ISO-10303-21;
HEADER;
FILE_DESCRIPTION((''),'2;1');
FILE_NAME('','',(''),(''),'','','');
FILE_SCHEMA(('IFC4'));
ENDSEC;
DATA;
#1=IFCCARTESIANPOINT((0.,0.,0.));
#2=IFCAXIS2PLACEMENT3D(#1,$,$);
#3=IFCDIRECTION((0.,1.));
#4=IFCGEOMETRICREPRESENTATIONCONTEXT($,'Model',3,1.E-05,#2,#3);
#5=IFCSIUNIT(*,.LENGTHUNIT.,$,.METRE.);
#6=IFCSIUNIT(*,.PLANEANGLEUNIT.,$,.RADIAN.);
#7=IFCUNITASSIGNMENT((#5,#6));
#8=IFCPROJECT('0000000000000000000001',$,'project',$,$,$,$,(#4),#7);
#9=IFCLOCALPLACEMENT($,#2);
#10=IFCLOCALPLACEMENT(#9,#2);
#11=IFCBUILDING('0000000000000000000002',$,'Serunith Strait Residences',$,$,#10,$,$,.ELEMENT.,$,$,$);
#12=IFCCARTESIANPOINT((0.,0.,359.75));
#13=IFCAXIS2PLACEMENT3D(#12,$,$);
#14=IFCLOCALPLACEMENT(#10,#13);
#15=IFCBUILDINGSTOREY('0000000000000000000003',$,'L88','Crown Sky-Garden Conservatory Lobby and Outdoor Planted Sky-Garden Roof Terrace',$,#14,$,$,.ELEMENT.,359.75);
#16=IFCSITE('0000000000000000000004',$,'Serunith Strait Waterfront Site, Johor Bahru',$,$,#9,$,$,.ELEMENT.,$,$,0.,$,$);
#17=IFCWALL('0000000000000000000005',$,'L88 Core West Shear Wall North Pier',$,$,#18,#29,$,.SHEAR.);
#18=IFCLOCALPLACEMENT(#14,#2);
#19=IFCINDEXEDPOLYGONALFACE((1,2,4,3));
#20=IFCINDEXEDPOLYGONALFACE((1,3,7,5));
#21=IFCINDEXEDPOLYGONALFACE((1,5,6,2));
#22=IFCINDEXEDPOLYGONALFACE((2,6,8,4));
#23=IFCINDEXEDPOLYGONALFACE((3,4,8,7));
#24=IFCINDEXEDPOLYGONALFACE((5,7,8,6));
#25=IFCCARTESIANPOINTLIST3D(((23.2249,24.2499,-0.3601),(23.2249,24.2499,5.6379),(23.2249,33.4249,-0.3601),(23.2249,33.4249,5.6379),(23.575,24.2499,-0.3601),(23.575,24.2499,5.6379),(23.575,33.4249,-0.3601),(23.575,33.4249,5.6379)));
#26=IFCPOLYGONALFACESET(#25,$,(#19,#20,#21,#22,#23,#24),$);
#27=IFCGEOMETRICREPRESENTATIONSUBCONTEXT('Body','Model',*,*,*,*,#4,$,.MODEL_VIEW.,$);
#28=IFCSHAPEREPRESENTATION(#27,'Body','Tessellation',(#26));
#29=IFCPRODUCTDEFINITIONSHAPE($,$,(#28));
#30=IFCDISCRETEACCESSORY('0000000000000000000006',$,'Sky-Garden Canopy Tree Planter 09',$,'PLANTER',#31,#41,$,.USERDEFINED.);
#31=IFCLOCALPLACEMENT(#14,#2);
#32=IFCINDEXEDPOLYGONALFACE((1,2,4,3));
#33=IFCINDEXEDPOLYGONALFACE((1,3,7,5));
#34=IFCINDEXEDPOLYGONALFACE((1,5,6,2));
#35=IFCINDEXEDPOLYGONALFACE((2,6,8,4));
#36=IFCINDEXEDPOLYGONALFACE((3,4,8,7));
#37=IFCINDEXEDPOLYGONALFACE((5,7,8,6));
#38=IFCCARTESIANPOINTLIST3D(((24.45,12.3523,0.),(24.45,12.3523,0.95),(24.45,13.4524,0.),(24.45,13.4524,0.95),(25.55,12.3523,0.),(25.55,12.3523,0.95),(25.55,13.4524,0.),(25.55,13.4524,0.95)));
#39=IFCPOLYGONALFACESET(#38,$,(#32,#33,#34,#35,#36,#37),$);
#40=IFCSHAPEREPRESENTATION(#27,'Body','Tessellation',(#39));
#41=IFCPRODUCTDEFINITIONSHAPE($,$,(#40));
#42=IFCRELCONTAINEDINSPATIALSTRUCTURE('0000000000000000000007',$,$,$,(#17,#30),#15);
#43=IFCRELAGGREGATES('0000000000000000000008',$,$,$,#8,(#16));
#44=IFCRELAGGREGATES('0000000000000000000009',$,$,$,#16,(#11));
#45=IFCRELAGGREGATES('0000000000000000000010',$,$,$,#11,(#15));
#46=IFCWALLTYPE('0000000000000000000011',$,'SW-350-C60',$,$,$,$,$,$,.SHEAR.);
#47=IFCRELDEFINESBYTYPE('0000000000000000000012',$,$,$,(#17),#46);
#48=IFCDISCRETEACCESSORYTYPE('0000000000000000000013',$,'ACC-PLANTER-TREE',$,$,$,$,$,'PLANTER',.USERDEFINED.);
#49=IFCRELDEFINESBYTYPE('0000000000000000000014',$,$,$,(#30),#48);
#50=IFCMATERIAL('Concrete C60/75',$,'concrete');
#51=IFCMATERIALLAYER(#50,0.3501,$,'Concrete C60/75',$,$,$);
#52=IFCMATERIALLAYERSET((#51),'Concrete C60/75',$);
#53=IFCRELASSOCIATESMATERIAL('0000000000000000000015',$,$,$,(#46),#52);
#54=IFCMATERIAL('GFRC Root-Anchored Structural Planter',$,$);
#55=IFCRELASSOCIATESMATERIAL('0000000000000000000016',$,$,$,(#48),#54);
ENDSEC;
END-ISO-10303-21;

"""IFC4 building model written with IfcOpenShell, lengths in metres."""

from ifc_helpers import new_model, si_unit, direction, frame, frame_2d, origin, origin_2d, place, context, subcontext, project, spatial, rectangle, extrude, source, transform, mapped, material, layer, layer_set, type_object, element, save


model = new_model("IFC4")

# Units and contexts
model_context = context("Model", 3, precision=1e-05, world=origin(), true_north=direction((0.0, 1.0)))
body_context = subcontext(model_context, "Body", "Model", "MODEL_VIEW")
ifc_project = project(units=[si_unit("LENGTHUNIT", "METRE"), si_unit("PLANEANGLEUNIT", "RADIAN")], contexts=[model_context])

# Site, building, storey
site_placement = place(None, origin())
site = spatial("IfcSite", under=ifc_project, at=site_placement, Name="Serunith Strait Waterfront Site, Johor Bahru", CompositionType="ELEMENT", RefElevation=0.0)
building_placement = place(site_placement, origin())
building = spatial("IfcBuilding", under=site, at=building_placement, Name="Serunith Strait Residences", CompositionType="ELEMENT")
storey_placement = place(building_placement, frame((0.0, 0.0, 359.75)))
storey = spatial("IfcBuildingStorey", under=building, at=storey_placement, Name="L88", Description="Crown Sky-Garden Conservatory Lobby and Outdoor Planted Sky-Garden Roof Terrace", CompositionType="ELEMENT", Elevation=359.75)

# Shared definitions
ifc_material_1 = material(Name="Concrete C60/75", Category="concrete")

# Wall
ifc_layer_1 = layer(ifc_material_1, 0.3501, Name="Concrete C60/75")
ifc_layer_set_1 = layer_set([ifc_layer_1], Name="Concrete C60/75")
wall_type_1 = type_object("IfcWallType", Name="SW-350-C60", PredefinedType="SHEAR", material=ifc_layer_set_1)
wall_1_placement = place(storey_placement, frame((23.3999, 24.25, -0.3601), z_axis=(0.0, 0.0, 1.0), x_axis=(0.0, 1.0, 0.0)))
element("IfcWall", 1, at=wall_1_placement, inside=storey, type_object=wall_type_1, Name="L88 Core West Shear Wall North Pier", PredefinedType="SHEAR", context=body_context, shape_type="SweptSolid", body=[
    extrude(rectangle(XDim=9.175, YDim=0.3501, at=frame_2d((4.5874, 0.0))), origin(), (0.0, 0.0, 1.0), 5.998),
])

# Discrete accessory
ifc_material_2 = material(Name="GFRC Root-Anchored Structural Planter")
discrete_accessory_type = type_object("IfcDiscreteAccessoryType", Name="ACC-PLANTER-TREE", ElementType="PLANTER", PredefinedType="USERDEFINED", material=ifc_material_2)
shared_shape_1 = source(origin(), body_context, "Body", "SweptSolid", [
    extrude(rectangle(XDim=1.1001, YDim=1.1001, at=origin_2d()), origin(), (0.0, 0.0, 1.0), 0.95),
])
discrete_accessory_placement = place(storey_placement, frame((25.0, 12.9023, 0.0), z_axis=(0.0, 0.0, 1.0), x_axis=(1.0, 0.0, 0.0)))
element("IfcDiscreteAccessory", 2, at=discrete_accessory_placement, inside=storey, type_object=discrete_accessory_type, Name="Sky-Garden Canopy Tree Planter 09", ObjectType="PLANTER", PredefinedType="USERDEFINED", context=body_context, shape_type="MappedRepresentation", body=[
    mapped(shared_shape_1, transform((0.0, 0.0, 0.0), scale=1.0)),
])

save(model, "model.ifc")
